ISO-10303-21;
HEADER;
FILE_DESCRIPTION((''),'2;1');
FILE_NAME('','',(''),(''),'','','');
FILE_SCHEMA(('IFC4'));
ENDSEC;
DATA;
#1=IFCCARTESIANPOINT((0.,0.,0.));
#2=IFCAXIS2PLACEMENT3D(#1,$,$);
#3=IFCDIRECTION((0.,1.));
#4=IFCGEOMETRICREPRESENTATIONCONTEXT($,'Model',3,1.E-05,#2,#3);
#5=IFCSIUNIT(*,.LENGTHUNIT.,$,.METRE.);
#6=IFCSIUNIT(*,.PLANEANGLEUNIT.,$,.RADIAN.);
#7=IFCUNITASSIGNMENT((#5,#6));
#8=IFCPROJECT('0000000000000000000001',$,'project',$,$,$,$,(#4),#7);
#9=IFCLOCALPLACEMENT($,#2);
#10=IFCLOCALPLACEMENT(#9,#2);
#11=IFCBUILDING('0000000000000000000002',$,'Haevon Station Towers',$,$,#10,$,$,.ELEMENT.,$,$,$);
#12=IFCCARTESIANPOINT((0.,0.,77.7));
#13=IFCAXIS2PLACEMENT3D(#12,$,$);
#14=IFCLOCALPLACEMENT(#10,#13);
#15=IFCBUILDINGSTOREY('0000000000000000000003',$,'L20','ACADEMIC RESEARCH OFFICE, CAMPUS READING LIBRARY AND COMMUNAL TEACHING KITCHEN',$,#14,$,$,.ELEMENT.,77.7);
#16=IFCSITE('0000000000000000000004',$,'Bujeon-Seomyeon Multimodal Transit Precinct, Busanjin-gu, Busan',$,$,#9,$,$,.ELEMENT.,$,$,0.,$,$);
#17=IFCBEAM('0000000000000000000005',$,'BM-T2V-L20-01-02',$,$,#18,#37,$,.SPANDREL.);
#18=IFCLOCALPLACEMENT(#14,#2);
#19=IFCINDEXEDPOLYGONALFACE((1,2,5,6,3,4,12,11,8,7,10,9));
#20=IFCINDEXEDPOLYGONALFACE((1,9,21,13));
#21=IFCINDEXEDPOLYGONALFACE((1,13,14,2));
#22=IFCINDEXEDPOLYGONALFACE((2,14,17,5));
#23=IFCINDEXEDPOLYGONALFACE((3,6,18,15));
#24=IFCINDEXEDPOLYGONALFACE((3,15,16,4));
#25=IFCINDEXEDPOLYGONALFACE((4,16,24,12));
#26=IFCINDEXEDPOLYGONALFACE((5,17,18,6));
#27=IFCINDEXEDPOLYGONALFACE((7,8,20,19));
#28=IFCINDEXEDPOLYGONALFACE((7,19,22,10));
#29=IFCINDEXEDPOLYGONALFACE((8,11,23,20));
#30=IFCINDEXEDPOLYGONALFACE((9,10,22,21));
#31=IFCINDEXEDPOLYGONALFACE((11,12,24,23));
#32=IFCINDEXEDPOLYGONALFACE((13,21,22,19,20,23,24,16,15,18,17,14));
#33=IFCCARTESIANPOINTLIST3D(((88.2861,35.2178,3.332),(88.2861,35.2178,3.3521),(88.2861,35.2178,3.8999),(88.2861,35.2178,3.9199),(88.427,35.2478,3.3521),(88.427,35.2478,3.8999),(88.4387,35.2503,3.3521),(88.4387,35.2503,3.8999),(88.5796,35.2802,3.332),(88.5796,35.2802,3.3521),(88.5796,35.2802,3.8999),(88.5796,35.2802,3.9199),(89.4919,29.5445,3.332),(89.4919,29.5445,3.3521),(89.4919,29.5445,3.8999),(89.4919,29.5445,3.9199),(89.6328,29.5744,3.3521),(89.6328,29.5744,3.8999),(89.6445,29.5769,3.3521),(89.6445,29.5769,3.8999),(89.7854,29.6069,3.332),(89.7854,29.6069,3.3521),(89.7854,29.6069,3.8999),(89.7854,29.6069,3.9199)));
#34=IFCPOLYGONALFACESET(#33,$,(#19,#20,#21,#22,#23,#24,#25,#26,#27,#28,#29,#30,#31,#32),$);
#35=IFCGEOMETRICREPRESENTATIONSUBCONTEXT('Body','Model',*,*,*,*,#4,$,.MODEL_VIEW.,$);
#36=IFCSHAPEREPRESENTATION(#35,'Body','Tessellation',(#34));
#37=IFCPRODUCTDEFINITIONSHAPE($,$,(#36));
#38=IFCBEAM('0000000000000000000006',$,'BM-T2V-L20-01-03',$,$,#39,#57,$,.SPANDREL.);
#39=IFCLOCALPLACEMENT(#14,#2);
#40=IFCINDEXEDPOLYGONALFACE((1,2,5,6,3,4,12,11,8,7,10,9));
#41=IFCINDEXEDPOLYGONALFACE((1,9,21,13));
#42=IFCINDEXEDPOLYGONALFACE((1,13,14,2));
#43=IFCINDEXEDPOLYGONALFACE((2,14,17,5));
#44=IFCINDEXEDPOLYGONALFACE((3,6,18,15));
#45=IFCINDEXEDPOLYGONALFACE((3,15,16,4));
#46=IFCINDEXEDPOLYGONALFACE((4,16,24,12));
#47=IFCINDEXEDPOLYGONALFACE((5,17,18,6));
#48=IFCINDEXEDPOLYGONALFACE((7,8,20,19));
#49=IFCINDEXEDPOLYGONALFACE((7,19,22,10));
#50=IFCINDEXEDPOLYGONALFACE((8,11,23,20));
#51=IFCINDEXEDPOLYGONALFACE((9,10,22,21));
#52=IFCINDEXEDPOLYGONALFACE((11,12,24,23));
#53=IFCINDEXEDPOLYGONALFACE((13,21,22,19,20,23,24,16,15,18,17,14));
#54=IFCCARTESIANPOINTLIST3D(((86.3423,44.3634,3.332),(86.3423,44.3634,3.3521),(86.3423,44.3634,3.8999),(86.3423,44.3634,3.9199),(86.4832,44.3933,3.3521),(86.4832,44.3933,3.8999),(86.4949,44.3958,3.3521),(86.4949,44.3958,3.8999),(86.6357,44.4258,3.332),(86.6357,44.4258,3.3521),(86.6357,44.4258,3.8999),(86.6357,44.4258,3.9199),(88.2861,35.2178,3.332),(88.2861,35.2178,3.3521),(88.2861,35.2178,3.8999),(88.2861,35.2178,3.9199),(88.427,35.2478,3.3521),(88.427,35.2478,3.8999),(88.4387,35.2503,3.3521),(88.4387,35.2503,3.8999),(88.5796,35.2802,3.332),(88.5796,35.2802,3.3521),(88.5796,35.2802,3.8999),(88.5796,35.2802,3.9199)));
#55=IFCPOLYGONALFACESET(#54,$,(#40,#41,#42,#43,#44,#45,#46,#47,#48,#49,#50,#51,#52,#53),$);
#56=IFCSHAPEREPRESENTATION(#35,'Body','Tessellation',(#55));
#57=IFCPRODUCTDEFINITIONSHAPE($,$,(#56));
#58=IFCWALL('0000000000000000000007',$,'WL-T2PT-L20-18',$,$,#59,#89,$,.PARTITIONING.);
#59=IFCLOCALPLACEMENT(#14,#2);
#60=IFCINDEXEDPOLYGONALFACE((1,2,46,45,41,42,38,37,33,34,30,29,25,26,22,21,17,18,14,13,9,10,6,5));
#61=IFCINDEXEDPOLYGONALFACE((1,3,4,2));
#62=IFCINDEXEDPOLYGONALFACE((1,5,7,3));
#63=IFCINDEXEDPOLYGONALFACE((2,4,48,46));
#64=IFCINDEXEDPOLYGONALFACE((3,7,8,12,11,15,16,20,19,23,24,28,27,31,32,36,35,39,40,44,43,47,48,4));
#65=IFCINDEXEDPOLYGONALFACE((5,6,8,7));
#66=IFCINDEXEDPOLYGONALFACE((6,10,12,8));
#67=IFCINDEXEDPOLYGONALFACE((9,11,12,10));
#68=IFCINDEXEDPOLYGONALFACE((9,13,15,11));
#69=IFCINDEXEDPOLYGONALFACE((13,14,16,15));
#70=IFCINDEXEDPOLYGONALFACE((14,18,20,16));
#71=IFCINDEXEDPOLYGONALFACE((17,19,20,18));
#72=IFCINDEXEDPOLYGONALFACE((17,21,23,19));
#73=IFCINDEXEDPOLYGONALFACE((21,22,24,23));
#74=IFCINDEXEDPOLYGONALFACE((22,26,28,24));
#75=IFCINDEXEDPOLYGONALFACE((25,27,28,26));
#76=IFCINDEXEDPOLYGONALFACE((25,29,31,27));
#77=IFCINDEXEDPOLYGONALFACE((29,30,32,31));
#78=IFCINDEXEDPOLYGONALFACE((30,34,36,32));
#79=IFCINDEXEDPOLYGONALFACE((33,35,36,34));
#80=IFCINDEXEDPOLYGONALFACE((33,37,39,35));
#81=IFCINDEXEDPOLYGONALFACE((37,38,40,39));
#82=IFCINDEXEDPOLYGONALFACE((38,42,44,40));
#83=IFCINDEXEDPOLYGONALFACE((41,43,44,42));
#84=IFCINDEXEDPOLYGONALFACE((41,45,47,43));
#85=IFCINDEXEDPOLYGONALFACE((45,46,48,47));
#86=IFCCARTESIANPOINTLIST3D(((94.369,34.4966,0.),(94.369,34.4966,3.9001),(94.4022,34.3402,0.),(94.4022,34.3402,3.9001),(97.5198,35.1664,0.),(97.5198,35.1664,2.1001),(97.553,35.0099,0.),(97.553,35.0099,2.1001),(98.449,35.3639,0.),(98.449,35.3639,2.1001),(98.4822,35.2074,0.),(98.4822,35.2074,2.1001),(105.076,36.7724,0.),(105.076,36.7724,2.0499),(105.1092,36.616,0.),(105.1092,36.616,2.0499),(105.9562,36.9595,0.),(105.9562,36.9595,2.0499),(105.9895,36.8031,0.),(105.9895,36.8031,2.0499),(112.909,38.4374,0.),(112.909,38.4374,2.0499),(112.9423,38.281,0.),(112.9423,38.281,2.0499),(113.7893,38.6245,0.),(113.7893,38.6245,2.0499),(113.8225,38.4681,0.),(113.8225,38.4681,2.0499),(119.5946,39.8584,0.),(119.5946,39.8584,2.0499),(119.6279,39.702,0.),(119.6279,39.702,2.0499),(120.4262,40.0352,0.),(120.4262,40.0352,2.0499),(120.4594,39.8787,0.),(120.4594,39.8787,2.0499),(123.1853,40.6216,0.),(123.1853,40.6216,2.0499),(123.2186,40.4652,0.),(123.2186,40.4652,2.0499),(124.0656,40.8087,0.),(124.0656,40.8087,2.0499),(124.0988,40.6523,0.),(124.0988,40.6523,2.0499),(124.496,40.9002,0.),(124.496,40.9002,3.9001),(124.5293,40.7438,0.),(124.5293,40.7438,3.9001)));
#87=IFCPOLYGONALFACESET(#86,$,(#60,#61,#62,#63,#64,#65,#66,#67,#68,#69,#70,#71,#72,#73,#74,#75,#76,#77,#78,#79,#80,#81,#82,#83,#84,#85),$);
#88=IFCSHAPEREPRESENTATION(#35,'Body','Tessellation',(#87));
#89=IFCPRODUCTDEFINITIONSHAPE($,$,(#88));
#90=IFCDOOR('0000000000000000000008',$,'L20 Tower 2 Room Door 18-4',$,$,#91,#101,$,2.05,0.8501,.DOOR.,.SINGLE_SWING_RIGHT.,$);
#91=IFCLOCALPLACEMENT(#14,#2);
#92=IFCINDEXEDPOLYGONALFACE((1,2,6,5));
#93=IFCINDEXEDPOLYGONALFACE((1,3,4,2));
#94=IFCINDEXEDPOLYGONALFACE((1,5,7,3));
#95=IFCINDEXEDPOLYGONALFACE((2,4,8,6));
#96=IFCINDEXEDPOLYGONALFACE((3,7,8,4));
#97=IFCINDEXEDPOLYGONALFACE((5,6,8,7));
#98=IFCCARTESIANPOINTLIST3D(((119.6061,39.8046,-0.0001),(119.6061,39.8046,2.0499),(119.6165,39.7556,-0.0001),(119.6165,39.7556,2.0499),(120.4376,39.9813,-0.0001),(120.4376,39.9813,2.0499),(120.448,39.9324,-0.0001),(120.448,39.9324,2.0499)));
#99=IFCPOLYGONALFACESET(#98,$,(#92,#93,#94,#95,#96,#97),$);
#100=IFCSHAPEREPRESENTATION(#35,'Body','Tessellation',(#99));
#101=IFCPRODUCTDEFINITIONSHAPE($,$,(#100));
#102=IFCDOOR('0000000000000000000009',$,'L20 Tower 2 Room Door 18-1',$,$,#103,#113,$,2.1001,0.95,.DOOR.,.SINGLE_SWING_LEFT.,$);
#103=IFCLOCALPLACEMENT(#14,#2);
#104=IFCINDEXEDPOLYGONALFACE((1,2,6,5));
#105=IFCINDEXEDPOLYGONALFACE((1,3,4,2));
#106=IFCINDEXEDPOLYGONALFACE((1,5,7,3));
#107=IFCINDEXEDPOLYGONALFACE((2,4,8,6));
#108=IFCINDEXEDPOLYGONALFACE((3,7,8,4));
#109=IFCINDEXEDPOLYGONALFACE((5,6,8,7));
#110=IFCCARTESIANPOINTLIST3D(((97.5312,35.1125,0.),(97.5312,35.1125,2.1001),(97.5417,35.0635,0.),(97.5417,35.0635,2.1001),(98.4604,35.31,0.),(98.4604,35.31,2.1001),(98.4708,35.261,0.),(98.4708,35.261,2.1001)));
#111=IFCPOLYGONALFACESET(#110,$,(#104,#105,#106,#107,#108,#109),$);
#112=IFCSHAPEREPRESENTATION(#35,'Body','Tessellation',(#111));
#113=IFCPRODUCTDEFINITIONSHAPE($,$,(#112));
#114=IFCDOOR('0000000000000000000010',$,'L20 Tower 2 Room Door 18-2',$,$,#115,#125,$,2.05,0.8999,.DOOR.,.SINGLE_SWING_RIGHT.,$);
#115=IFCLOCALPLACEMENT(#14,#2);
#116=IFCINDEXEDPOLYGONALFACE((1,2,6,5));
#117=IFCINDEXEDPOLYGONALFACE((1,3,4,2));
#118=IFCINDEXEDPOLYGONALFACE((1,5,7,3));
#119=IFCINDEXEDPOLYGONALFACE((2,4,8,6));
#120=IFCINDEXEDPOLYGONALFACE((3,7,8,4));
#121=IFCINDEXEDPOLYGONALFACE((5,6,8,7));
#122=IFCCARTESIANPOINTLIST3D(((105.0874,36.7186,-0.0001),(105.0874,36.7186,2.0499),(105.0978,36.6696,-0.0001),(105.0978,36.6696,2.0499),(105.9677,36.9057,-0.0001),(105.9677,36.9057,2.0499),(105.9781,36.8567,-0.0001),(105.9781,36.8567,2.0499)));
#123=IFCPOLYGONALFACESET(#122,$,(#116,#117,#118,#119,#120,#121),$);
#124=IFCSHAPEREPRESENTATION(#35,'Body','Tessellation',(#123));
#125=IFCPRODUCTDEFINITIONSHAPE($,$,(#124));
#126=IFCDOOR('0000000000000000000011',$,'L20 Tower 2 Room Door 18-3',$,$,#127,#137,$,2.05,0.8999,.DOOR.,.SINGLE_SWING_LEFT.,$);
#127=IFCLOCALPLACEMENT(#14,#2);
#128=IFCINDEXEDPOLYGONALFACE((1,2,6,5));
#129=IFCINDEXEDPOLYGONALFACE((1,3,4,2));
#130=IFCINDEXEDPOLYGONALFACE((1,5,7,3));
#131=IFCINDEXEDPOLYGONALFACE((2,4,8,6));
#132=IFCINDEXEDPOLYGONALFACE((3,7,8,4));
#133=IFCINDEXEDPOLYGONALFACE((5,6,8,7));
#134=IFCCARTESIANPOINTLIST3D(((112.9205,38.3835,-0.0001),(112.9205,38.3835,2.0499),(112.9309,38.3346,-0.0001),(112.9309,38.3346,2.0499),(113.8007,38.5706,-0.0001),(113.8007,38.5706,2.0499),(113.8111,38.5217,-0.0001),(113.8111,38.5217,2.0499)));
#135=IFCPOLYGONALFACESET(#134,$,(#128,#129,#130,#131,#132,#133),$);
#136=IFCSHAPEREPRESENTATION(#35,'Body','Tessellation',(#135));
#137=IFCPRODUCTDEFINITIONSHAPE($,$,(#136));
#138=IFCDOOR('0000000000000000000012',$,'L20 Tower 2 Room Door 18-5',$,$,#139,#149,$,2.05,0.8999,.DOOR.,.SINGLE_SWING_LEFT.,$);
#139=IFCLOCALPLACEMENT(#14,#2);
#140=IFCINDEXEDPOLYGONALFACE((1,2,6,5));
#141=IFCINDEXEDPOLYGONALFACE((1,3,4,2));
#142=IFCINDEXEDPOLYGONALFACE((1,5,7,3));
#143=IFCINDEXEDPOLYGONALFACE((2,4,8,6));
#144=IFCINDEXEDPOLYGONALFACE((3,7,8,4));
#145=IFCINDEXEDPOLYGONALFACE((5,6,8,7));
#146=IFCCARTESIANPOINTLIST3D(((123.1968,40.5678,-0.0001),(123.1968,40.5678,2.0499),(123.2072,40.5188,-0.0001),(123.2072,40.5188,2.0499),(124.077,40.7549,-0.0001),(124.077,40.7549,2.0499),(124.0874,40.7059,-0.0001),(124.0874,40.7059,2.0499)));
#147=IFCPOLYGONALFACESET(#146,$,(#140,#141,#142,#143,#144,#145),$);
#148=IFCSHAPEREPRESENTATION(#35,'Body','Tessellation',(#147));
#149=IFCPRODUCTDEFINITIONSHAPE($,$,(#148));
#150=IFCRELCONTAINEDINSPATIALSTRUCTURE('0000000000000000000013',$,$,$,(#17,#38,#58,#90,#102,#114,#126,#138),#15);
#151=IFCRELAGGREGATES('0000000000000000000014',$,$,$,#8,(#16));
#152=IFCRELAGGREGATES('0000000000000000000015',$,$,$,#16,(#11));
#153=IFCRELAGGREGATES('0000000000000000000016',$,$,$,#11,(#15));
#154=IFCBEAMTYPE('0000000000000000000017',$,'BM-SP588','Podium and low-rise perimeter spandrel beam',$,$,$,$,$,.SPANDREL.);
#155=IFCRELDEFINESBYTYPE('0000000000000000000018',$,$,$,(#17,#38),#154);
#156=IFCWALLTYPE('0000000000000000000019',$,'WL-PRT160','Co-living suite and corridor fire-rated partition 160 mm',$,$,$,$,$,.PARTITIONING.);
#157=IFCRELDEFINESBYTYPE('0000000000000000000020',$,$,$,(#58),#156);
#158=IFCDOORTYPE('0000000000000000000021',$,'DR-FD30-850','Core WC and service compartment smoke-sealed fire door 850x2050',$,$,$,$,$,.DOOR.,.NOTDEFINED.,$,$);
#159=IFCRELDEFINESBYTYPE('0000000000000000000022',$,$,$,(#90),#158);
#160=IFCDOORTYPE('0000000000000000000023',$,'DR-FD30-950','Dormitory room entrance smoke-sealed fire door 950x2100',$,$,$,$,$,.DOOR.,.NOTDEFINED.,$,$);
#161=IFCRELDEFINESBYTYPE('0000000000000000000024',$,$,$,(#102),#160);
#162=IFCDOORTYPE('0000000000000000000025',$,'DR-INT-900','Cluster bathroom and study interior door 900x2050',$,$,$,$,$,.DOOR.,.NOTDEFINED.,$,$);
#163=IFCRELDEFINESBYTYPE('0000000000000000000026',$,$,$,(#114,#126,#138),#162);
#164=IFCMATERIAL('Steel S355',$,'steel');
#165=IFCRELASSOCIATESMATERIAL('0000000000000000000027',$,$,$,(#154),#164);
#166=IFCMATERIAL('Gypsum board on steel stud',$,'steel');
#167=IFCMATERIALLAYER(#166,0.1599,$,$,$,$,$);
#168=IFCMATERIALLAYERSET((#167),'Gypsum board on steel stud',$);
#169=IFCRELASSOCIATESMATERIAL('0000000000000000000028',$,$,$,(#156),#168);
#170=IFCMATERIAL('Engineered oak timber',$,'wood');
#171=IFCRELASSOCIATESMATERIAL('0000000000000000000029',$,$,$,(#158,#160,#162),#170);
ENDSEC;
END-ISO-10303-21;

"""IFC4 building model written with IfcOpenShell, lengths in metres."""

from ifc_helpers import new_model, si_unit, direction, frame, frame_2d, origin, origin_2d, place, context, subcontext, project, spatial, rectangle, i_section, extrude, material, layer, layer_set, material_profile, profile_set, type_object, element, fill, save


model = new_model("IFC4")

# Units and contexts
model_context = context("Model", 3, precision=1e-05, world=origin(), true_north=direction((0.0, 1.0)))
body_context = subcontext(model_context, "Body", "Model", "MODEL_VIEW")
ifc_project = project(units=[si_unit("LENGTHUNIT", "METRE"), si_unit("PLANEANGLEUNIT", "RADIAN")], contexts=[model_context])

# Site, building, storey
site_placement = place(None, origin())
site = spatial("IfcSite", under=ifc_project, at=site_placement, Name="Bujeon-Seomyeon Multimodal Transit Precinct, Busanjin-gu, Busan", CompositionType="ELEMENT", RefElevation=0.0)
building_placement = place(site_placement, origin())
building = spatial("IfcBuilding", under=site, at=building_placement, Name="Haevon Station Towers", CompositionType="ELEMENT")
storey_placement = place(building_placement, frame((0.0, 0.0, 77.7)))
storey = spatial("IfcBuildingStorey", under=building, at=storey_placement, Name="L20", Description="ACADEMIC RESEARCH OFFICE, CAMPUS READING LIBRARY AND COMMUNAL TEACHING KITCHEN", CompositionType="ELEMENT", Elevation=77.7)

# Beams
ifc_material_1 = material(Name="Steel S355", Category="steel")
ifc_material_profile_1 = material_profile(ifc_material_1, i_section(OverallWidth=0.3, OverallDepth=0.5879, WebThickness=0.012, FlangeThickness=0.02, at=origin_2d()), Name="H-588x300x12x20")
ifc_profile_set_1 = profile_set([ifc_material_profile_1], Name="Steel S355")
beam_type_1 = type_object("IfcBeamType", Name="BM-SP588", Description="Podium and low-rise perimeter spandrel beam", PredefinedType="SPANDREL", material=ifc_profile_set_1)
beam_1_placement = place(storey_placement, frame((89.6387, 29.5757, 3.626), z_axis=(-0.207896, 0.978151, 0.0), x_axis=(-0.978151, -0.207896, 0.0)))
element("IfcBeam", 1, at=beam_1_placement, inside=storey, type_object=beam_type_1, Name="BM-T2V-L20-01-02", PredefinedType="SPANDREL", context=body_context, shape_type="SweptSolid", body=[
    extrude(i_section(OverallWidth=0.3, OverallDepth=0.5879, WebThickness=0.012, FlangeThickness=0.02, at=origin_2d()), origin(), (0.0, 0.0, 1.0), 5.8),
])
beam_2_placement = place(storey_placement, frame((88.4329, 35.249, 3.626), z_axis=(-0.207902, 0.97815, 0.0), x_axis=(-0.97815, -0.207902, 0.0)))
element("IfcBeam", 2, at=beam_2_placement, inside=storey, type_object=beam_type_1, Name="BM-T2V-L20-01-03", PredefinedType="SPANDREL", context=body_context, shape_type="SweptSolid", body=[
    extrude(i_section(OverallWidth=0.3, OverallDepth=0.5879, WebThickness=0.012, FlangeThickness=0.02, at=origin_2d()), origin(), (0.0, 0.0, 1.0), 9.3499),
])

# Wall, openings, doors
ifc_material_2 = material(Name="Gypsum board on steel stud", Category="steel")
ifc_layer = layer(ifc_material_2, 0.1599)
ifc_layer_set = layer_set([ifc_layer], Name="Gypsum board on steel stud")
wall_type = type_object("IfcWallType", Name="WL-PRT160", Description="Co-living suite and corridor fire-rated partition 160 mm", PredefinedType="PARTITIONING", material=ifc_layer_set)
wall_placement = place(storey_placement, frame((94.3857, 34.4185, 0.0), z_axis=(0.0, 0.0, 1.0), x_axis=(0.978148, 0.207908, 0.0)))
wall = element("IfcWall", 3, at=wall_placement, inside=storey, type_object=wall_type, Name="WL-T2PT-L20-18", PredefinedType="PARTITIONING", context=body_context, shape_type="SweptSolid", body=[
    extrude(rectangle(XDim=30.8, YDim=0.1599, at=frame_2d((15.3999, 0.0))), origin(), (0.0, 0.0, 1.0), 3.9001),
])
opening_1_placement = place(wall_placement, frame((3.2209, 0.0, 0.0)))
opening_1 = element("IfcOpeningElement", 4, at=opening_1_placement, cuts=wall, PredefinedType="OPENING", context=body_context, shape_type="SweptSolid", body=[
    extrude(rectangle(XDim=0.95, YDim=2.1001, at=frame_2d((0.4751, 1.05))), frame((0.0, 0.0898, 0.0), z_axis=(0.0, -1.0, 0.0), x_axis=(1.0, 0.0, 0.0)), (0.0, 0.0, 1.0), 0.1799),
])
opening_2_placement = place(wall_placement, frame((10.946, 0.0, 0.0)))
opening_2 = element("IfcOpeningElement", 5, at=opening_2_placement, cuts=wall, PredefinedType="OPENING", context=body_context, shape_type="SweptSolid", body=[
    extrude(rectangle(XDim=0.8999, YDim=2.05, at=frame_2d((0.45, 1.0249))), frame((0.0, 0.0898, 0.0), z_axis=(0.0, -1.0, 0.0), x_axis=(1.0, 0.0, 0.0)), (0.0, 0.0, 1.0), 0.1799),
])
opening_3_placement = place(wall_placement, frame((18.9541, 0.0, 0.0)))
opening_3 = element("IfcOpeningElement", 6, at=opening_3_placement, cuts=wall, PredefinedType="OPENING", context=body_context, shape_type="SweptSolid", body=[
    extrude(rectangle(XDim=0.8999, YDim=2.05, at=frame_2d((0.45, 1.0249))), frame((0.0, 0.0898, 0.0), z_axis=(0.0, -1.0, 0.0), x_axis=(1.0, 0.0, 0.0)), (0.0, 0.0, 1.0), 0.1799),
])
opening_4_placement = place(wall_placement, frame((25.7891, 0.0, 0.0)))
opening_4 = element("IfcOpeningElement", 7, at=opening_4_placement, cuts=wall, PredefinedType="OPENING", context=body_context, shape_type="SweptSolid", body=[
    extrude(rectangle(XDim=0.8501, YDim=2.05, at=frame_2d((0.425, 1.0249))), frame((0.0, 0.0898, 0.0), z_axis=(0.0, -1.0, 0.0), x_axis=(1.0, 0.0, 0.0)), (0.0, 0.0, 1.0), 0.1799),
])
opening_5_placement = place(wall_placement, frame((29.46, 0.0, 0.0)))
opening_5 = element("IfcOpeningElement", 8, at=opening_5_placement, cuts=wall, PredefinedType="OPENING", context=body_context, shape_type="SweptSolid", body=[
    extrude(rectangle(XDim=0.8999, YDim=2.05, at=frame_2d((0.45, 1.0249))), frame((0.0, 0.0898, 0.0), z_axis=(0.0, -1.0, 0.0), x_axis=(1.0, 0.0, 0.0)), (0.0, 0.0, 1.0), 0.1799),
])
ifc_material_3 = material(Name="Engineered oak timber", Category="wood")
door_type_1 = type_object("IfcDoorType", Name="DR-FD30-850", Description="Core WC and service compartment smoke-sealed fire door 850x2050", OperationType="NOTDEFINED", PredefinedType="DOOR", material=ifc_material_3)
door_1_placement = place(opening_4_placement, origin())
door_1 = element("IfcDoor", 9, at=door_1_placement, inside=storey, type_object=door_type_1, Name="L20 Tower 2 Room Door 18-4", OperationType="SINGLE_SWING_RIGHT", OverallHeight=2.05, OverallWidth=0.8501, PredefinedType="DOOR", context=body_context, shape_type="SweptSolid", body=[
    extrude(rectangle(XDim=0.8501, YDim=2.05, at=frame_2d((0.425, 1.0249))), frame((0.0, 0.0249, 0.0), z_axis=(0.0, -1.0, 0.0), x_axis=(1.0, 0.0, 0.0)), (0.0, 0.0, 1.0), 0.05),
])
fill(opening_4, door_1)
door_type_2 = type_object("IfcDoorType", Name="DR-FD30-950", Description="Dormitory room entrance smoke-sealed fire door 950x2100", OperationType="NOTDEFINED", PredefinedType="DOOR", material=ifc_material_3)
door_2_placement = place(opening_1_placement, origin())
door_2 = element("IfcDoor", 10, at=door_2_placement, inside=storey, type_object=door_type_2, Name="L20 Tower 2 Room Door 18-1", OperationType="SINGLE_SWING_LEFT", OverallHeight=2.1001, OverallWidth=0.95, PredefinedType="DOOR", context=body_context, shape_type="SweptSolid", body=[
    extrude(rectangle(XDim=0.95, YDim=2.1001, at=frame_2d((0.4751, 1.05))), frame((0.0, 0.0249, 0.0), z_axis=(0.0, -1.0, 0.0), x_axis=(1.0, 0.0, 0.0)), (0.0, 0.0, 1.0), 0.05),
])
fill(opening_1, door_2)
door_type_3 = type_object("IfcDoorType", Name="DR-INT-900", Description="Cluster bathroom and study interior door 900x2050", OperationType="NOTDEFINED", PredefinedType="DOOR", material=ifc_material_3)
door_3_placement = place(opening_2_placement, origin())
door_3 = element("IfcDoor", 11, at=door_3_placement, inside=storey, type_object=door_type_3, Name="L20 Tower 2 Room Door 18-2", OperationType="SINGLE_SWING_RIGHT", OverallHeight=2.05, OverallWidth=0.8999, PredefinedType="DOOR", context=body_context, shape_type="SweptSolid", body=[
    extrude(rectangle(XDim=0.8999, YDim=2.05, at=frame_2d((0.45, 1.0249))), frame((0.0, 0.0249, 0.0), z_axis=(0.0, -1.0, 0.0), x_axis=(1.0, 0.0, 0.0)), (0.0, 0.0, 1.0), 0.05),
])
fill(opening_2, door_3)
door_4_placement = place(opening_3_placement, origin())
door_4 = element("IfcDoor", 12, at=door_4_placement, inside=storey, type_object=door_type_3, Name="L20 Tower 2 Room Door 18-3", OperationType="SINGLE_SWING_LEFT", OverallHeight=2.05, OverallWidth=0.8999, PredefinedType="DOOR", context=body_context, shape_type="SweptSolid", body=[
    extrude(rectangle(XDim=0.8999, YDim=2.05, at=frame_2d((0.45, 1.0249))), frame((0.0, 0.0249, 0.0), z_axis=(0.0, -1.0, 0.0), x_axis=(1.0, 0.0, 0.0)), (0.0, 0.0, 1.0), 0.05),
])
fill(opening_3, door_4)
door_5_placement = place(opening_5_placement, origin())
door_5 = element("IfcDoor", 13, at=door_5_placement, inside=storey, type_object=door_type_3, Name="L20 Tower 2 Room Door 18-5", OperationType="SINGLE_SWING_LEFT", OverallHeight=2.05, OverallWidth=0.8999, PredefinedType="DOOR", context=body_context, shape_type="SweptSolid", body=[
    extrude(rectangle(XDim=0.8999, YDim=2.05, at=frame_2d((0.45, 1.0249))), frame((0.0, 0.0249, 0.0), z_axis=(0.0, -1.0, 0.0), x_axis=(1.0, 0.0, 0.0)), (0.0, 0.0, 1.0), 0.05),
])
fill(opening_5, door_5)

save(model, "model.ifc")
